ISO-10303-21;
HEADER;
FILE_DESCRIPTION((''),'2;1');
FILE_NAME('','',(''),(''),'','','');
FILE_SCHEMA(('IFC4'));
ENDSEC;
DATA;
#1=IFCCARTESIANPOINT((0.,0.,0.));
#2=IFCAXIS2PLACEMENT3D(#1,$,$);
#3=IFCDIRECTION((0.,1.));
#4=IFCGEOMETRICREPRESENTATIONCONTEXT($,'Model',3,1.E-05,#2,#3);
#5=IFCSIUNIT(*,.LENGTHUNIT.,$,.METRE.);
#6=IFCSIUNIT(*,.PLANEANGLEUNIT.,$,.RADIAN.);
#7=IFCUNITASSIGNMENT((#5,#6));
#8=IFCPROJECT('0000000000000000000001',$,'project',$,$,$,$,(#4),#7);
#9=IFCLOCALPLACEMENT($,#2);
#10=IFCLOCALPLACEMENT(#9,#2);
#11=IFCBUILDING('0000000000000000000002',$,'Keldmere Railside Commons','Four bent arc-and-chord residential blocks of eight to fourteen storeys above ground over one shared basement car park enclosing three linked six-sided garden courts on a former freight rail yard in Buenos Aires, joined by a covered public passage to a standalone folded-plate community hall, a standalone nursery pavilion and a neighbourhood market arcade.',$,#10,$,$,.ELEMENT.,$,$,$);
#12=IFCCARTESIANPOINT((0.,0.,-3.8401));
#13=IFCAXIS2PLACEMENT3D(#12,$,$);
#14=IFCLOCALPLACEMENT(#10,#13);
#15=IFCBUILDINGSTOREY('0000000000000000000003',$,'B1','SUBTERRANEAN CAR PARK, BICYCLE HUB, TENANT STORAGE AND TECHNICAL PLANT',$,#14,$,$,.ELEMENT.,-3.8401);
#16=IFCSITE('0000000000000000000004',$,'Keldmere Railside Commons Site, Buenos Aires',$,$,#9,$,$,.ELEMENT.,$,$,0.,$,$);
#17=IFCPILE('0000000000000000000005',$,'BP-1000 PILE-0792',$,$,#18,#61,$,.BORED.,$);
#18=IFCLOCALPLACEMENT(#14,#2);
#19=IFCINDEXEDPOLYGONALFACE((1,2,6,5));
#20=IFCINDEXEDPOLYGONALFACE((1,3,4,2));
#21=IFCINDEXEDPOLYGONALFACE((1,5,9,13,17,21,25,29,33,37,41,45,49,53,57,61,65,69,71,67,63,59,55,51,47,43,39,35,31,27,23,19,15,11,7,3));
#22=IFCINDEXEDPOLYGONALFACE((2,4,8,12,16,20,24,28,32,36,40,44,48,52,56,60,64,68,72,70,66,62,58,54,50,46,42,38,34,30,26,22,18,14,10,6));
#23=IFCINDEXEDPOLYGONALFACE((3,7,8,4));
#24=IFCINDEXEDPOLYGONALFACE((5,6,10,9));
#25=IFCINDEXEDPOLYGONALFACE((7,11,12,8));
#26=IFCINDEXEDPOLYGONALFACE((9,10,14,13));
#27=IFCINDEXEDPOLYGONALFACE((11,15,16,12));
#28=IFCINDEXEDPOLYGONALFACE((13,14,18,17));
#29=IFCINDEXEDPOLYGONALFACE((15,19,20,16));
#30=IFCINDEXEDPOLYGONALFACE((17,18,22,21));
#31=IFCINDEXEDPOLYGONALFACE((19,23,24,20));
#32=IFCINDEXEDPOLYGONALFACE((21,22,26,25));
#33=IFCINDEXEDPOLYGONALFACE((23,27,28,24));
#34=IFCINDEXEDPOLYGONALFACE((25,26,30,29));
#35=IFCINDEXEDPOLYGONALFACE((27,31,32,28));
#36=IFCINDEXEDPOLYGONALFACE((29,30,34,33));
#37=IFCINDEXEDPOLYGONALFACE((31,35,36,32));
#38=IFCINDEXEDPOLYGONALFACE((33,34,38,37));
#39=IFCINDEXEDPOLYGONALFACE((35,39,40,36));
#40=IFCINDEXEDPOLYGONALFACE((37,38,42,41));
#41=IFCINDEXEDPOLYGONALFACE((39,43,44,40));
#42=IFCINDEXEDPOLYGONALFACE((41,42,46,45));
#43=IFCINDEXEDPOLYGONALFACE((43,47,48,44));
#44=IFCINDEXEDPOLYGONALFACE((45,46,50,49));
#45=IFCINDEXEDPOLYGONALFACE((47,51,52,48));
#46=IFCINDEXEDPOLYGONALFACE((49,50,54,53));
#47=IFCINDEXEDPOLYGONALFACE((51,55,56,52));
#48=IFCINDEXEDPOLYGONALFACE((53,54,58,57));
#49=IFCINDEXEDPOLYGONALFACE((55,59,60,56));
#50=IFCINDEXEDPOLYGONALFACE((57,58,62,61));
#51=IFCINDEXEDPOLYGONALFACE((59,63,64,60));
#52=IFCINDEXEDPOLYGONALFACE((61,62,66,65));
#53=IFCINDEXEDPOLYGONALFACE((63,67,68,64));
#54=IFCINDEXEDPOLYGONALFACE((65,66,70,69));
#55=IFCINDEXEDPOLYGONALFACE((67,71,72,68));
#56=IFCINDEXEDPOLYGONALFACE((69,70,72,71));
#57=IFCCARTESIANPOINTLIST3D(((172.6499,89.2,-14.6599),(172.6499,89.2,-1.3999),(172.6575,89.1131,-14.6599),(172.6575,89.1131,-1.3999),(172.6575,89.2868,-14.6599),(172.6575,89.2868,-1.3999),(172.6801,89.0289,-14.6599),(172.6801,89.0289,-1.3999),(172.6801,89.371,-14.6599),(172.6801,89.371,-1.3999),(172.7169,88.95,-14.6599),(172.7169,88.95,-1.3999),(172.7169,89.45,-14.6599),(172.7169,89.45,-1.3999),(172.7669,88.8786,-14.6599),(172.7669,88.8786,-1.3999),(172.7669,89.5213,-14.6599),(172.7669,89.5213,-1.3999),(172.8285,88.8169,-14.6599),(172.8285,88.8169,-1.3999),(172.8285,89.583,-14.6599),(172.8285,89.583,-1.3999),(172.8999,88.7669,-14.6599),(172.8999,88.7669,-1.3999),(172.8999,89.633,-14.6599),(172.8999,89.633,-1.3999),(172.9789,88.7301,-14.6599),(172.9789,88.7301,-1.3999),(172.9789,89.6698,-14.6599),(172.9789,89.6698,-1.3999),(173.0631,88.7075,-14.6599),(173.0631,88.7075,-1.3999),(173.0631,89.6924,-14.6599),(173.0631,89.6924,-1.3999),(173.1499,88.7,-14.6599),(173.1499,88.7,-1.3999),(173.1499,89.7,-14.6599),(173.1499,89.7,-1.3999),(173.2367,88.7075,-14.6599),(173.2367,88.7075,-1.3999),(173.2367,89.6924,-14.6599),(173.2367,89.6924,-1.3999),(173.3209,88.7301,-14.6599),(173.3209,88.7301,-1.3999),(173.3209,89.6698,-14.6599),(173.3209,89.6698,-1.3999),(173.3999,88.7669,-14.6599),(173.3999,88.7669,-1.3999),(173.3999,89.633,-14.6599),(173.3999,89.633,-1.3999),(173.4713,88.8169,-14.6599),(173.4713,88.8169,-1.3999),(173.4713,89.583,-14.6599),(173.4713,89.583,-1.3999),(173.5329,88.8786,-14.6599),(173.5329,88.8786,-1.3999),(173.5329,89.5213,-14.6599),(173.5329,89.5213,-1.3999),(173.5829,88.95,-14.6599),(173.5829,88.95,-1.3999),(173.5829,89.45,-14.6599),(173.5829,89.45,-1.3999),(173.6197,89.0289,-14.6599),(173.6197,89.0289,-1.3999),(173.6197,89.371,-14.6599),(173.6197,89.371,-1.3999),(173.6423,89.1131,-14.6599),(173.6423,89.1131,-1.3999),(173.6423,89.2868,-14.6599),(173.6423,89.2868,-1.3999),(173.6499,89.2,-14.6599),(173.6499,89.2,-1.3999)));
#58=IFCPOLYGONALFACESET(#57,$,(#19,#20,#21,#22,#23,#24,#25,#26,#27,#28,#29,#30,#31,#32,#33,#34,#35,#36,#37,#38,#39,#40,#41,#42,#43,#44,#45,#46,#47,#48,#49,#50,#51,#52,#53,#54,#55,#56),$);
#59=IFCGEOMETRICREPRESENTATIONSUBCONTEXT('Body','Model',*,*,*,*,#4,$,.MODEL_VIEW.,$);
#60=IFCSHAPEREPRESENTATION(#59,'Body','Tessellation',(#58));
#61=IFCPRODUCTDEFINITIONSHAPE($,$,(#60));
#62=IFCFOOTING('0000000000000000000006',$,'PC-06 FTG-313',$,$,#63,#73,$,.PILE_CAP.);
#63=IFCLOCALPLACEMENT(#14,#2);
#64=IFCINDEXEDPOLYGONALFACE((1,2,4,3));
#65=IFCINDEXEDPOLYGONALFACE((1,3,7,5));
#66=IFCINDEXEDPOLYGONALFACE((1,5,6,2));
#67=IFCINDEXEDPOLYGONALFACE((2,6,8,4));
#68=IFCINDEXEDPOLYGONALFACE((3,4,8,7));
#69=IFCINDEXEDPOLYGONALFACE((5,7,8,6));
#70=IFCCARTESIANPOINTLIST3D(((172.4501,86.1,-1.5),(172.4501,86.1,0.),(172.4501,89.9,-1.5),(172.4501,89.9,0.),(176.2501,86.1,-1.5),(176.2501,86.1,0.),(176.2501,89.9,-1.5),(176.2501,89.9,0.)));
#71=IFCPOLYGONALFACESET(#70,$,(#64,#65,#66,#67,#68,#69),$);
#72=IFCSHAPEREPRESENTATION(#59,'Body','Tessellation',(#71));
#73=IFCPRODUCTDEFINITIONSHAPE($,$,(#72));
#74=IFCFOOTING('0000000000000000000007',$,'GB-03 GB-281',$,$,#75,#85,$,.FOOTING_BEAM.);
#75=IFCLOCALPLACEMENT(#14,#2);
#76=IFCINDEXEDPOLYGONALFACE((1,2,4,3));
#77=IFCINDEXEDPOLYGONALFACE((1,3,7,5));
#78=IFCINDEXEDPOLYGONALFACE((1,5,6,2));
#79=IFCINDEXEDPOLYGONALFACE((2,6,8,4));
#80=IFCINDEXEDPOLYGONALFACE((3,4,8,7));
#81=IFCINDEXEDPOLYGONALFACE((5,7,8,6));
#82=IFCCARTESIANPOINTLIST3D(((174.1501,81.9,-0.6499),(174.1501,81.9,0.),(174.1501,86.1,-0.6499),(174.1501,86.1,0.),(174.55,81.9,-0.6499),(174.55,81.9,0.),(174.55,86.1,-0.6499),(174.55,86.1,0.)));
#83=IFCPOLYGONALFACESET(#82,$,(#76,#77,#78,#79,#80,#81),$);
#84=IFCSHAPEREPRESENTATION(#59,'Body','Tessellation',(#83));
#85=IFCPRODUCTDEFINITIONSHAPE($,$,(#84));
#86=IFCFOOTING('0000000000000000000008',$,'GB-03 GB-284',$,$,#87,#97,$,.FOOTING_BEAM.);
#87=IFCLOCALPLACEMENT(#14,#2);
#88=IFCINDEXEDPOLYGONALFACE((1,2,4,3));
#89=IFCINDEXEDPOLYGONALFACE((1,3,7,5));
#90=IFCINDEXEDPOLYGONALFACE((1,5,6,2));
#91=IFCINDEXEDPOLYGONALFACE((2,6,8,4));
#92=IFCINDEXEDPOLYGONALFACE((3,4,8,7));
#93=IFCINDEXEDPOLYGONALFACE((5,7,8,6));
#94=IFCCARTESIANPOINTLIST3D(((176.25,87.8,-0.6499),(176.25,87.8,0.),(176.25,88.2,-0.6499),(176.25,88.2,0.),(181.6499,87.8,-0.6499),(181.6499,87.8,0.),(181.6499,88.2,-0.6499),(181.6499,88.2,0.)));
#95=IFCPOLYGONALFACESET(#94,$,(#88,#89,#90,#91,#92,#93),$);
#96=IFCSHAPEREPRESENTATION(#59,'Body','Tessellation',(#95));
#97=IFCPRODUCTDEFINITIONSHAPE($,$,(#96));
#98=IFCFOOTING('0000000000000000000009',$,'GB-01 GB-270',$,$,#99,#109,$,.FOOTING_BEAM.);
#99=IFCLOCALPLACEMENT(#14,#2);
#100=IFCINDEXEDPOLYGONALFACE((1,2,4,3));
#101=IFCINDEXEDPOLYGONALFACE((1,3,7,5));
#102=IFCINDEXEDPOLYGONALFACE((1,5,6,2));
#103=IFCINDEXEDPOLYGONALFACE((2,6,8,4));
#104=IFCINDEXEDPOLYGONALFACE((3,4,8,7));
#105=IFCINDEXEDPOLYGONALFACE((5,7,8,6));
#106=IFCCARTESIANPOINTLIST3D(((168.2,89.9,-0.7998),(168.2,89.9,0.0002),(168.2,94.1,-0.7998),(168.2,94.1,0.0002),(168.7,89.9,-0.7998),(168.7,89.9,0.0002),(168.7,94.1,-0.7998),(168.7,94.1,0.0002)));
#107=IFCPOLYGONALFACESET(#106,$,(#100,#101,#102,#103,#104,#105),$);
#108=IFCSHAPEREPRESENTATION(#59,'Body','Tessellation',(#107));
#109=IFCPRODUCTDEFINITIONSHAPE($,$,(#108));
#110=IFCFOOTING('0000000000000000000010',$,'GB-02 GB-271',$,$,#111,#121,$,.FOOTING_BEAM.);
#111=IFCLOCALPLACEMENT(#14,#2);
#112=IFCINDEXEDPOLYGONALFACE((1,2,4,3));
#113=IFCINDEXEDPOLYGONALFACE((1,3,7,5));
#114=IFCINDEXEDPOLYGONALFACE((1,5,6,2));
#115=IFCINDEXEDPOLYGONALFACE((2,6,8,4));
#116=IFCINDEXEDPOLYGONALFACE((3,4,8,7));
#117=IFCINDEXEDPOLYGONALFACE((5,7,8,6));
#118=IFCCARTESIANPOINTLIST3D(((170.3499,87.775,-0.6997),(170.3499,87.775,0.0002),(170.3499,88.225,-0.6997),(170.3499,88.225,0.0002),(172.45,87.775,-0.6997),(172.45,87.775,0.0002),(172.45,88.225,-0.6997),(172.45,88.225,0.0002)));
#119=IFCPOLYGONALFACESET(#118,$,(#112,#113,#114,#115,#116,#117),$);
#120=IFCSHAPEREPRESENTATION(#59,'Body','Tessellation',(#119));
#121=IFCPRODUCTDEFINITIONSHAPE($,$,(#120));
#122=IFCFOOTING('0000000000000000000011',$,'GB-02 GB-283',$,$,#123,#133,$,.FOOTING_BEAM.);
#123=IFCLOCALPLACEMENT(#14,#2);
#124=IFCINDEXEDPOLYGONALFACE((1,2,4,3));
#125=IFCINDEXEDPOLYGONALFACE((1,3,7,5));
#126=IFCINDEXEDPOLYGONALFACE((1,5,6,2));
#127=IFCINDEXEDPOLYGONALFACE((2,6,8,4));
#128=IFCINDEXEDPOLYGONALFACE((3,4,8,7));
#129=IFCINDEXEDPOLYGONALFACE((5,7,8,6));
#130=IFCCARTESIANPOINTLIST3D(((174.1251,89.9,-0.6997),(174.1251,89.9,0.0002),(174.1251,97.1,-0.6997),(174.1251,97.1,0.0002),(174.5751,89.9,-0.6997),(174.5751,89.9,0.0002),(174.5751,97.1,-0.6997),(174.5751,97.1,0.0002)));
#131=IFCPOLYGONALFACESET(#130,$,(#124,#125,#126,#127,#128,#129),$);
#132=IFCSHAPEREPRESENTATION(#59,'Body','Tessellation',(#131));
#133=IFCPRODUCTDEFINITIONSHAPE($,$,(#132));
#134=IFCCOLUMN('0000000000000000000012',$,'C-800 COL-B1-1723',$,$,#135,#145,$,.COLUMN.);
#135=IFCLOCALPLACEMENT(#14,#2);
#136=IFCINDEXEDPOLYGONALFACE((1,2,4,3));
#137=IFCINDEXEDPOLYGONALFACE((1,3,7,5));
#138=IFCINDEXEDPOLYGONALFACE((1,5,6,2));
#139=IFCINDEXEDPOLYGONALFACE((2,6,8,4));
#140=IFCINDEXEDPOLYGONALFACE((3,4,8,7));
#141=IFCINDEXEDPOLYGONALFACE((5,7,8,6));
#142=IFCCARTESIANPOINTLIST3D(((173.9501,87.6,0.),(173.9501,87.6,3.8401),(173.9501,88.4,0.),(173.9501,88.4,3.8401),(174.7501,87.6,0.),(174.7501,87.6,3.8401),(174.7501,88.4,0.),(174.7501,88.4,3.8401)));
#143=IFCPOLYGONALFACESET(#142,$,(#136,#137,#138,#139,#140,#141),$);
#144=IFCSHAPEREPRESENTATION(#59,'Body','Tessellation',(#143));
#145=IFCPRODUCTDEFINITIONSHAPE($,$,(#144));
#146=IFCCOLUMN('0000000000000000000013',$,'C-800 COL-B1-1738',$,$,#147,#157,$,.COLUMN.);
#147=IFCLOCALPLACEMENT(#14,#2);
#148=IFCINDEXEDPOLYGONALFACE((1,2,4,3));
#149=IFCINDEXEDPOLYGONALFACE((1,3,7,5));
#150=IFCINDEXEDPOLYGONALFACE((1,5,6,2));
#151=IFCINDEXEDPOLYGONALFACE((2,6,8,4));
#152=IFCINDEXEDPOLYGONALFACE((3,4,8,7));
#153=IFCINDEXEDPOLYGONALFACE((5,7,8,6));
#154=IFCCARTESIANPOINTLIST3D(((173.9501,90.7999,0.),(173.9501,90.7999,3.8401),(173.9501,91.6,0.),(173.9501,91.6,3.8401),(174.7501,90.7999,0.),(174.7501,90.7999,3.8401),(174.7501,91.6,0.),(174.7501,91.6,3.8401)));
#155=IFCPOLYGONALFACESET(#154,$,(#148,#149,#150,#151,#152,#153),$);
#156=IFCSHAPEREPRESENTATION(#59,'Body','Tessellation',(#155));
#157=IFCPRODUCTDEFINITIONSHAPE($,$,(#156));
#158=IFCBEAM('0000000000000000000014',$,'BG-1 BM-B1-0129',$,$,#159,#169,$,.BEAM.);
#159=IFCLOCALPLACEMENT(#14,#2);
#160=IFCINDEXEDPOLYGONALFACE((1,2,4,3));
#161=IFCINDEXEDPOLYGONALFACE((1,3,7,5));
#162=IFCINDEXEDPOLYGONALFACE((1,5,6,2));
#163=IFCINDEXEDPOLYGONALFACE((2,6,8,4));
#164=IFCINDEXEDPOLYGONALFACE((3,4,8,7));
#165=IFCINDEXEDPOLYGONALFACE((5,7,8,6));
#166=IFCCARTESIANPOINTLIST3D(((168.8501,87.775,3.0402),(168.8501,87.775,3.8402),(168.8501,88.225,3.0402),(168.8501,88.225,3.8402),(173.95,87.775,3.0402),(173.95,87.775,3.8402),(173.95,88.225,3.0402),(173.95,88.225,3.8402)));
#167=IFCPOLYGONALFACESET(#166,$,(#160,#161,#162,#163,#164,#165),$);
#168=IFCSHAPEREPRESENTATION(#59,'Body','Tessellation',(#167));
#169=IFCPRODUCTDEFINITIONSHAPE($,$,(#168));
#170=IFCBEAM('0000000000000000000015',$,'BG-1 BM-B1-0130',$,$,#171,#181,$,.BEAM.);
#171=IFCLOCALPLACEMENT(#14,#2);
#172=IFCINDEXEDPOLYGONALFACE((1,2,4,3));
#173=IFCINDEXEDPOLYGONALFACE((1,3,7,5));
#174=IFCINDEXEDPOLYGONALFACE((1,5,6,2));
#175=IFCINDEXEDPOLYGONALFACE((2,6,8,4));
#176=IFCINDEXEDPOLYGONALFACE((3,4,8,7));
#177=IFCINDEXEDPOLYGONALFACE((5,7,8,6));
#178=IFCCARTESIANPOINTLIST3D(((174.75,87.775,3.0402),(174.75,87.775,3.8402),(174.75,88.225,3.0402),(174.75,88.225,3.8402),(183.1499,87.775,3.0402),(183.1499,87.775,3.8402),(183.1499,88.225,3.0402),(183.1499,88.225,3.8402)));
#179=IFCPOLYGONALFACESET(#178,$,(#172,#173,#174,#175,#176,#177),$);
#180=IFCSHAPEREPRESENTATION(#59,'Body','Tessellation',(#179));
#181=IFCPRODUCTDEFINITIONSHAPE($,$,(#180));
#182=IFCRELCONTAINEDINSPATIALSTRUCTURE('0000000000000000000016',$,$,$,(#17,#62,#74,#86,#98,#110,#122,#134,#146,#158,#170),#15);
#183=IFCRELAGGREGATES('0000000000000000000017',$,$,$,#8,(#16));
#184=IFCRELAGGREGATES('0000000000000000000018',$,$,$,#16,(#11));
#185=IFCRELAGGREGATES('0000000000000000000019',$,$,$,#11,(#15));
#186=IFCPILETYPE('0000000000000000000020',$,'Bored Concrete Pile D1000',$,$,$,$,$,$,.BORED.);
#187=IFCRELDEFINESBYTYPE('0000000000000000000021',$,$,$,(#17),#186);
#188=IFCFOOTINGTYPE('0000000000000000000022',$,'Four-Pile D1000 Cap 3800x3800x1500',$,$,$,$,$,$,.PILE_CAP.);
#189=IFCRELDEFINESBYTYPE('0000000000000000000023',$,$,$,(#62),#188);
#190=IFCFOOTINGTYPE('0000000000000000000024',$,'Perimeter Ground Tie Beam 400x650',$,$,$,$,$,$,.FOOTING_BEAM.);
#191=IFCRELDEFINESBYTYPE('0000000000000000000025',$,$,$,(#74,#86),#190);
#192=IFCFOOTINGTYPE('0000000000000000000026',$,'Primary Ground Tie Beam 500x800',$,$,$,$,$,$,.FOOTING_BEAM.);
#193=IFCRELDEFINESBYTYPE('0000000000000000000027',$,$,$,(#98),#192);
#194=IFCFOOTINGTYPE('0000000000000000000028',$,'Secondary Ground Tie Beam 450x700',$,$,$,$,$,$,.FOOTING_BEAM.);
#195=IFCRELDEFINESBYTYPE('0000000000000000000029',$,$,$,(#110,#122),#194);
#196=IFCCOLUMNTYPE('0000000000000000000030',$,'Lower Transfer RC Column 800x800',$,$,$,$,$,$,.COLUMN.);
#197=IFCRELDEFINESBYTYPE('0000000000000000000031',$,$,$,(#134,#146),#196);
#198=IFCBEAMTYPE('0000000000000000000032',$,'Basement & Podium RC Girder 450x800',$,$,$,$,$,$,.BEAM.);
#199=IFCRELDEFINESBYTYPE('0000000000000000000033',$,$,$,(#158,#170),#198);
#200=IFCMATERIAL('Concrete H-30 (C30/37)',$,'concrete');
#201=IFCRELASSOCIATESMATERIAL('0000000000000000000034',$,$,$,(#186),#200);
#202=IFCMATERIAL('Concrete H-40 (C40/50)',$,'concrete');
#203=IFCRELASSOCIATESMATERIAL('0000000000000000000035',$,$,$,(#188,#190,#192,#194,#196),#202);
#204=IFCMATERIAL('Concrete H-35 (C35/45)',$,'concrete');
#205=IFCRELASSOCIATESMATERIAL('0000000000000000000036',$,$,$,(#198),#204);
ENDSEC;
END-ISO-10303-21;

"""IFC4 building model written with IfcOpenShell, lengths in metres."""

from ifc_helpers import new_model, si_unit, direction, frame, origin, origin_2d, place, context, subcontext, project, spatial, rectangle, circle, extrude, material, material_profile, profile_set, type_object, element, save


model = new_model("IFC4")

# Units and contexts
model_context = context("Model", 3, precision=1e-05, world=origin(), true_north=direction((0.0, 1.0)))
body_context = subcontext(model_context, "Body", "Model", "MODEL_VIEW")
ifc_project = project(units=[si_unit("LENGTHUNIT", "METRE"), si_unit("PLANEANGLEUNIT", "RADIAN")], contexts=[model_context])

# Site, building, storey
site_placement = place(None, origin())
site = spatial("IfcSite", under=ifc_project, at=site_placement, Name="Keldmere Railside Commons Site, Buenos Aires", CompositionType="ELEMENT", RefElevation=0.0)
building_placement = place(site_placement, origin())
building = spatial("IfcBuilding", under=site, at=building_placement, Name="Keldmere Railside Commons", Description="Four bent arc-and-chord residential blocks of eight to fourteen storeys above ground over one shared basement car park enclosing three linked six-sided garden courts on a former freight rail yard in Buenos Aires, joined by a covered public passage to a standalone folded-plate community hall, a standalone nursery pavilion and a neighbourhood market arcade.", CompositionType="ELEMENT")
storey_placement = place(building_placement, frame((0.0, 0.0, -3.8401)))
storey = spatial("IfcBuildingStorey", under=building, at=storey_placement, Name="B1", Description="SUBTERRANEAN CAR PARK, BICYCLE HUB, TENANT STORAGE AND TECHNICAL PLANT", CompositionType="ELEMENT", Elevation=-3.8401)

# Pile
ifc_material_1 = material(Name="Concrete H-30 (C30/37)", Category="concrete")
ifc_material_profile_1 = material_profile(ifc_material_1, circle(Radius=0.5, at=origin_2d()), Name="PILE-D1000")
ifc_profile_set_1 = profile_set([ifc_material_profile_1], Name="Concrete H-30 (C30/37)")
pile_type = type_object("IfcPileType", Name="Bored Concrete Pile D1000", PredefinedType="BORED", material=ifc_profile_set_1)
for number, where, z_axis, x_axis, name in (
    (1, (173.1499, 89.2, -1.3999), (0.0, 0.0, -1.0), (1.0, 0.0, 0.0), "BP-1000 PILE-0792"),
):
    element("IfcPile", number, at=place(storey_placement, frame(where, z_axis=z_axis, x_axis=x_axis)), inside=storey, type_object=pile_type, Name=name, PredefinedType="BORED", context=body_context, shape_type="SweptSolid", body=[
        extrude(circle(Radius=0.5, at=origin_2d()), origin(), (0.0, 0.0, 1.0), 13.26),
    ])

# Footings
ifc_material_2 = material(Name="Concrete H-40 (C40/50)", Category="concrete")
footing_type_1 = type_object("IfcFootingType", Name="Four-Pile D1000 Cap 3800x3800x1500", PredefinedType="PILE_CAP", material=ifc_material_2)
footing_1_placement = place(storey_placement, frame((174.3501, 88.0, -1.5), z_axis=(0.0, 0.0, 1.0), x_axis=(1.0, 0.0, 0.0)))
element("IfcFooting", 2, at=footing_1_placement, inside=storey, type_object=footing_type_1, Name="PC-06 FTG-313", PredefinedType="PILE_CAP", context=body_context, shape_type="SweptSolid", body=[
    extrude(rectangle(XDim=3.8, YDim=3.8, at=origin_2d()), origin(), (0.0, 0.0, 1.0), 1.5),
])
footing_type_2 = type_object("IfcFootingType", Name="Perimeter Ground Tie Beam 400x650", PredefinedType="FOOTING_BEAM", material=ifc_material_2)
footing_2_placement = place(storey_placement, frame((174.3501, 84.0, -0.6499), z_axis=(0.0, 0.0, 1.0), x_axis=(0.0, 1.0, 0.0)))
element("IfcFooting", 3, at=footing_2_placement, inside=storey, type_object=footing_type_2, Name="GB-03 GB-281", PredefinedType="FOOTING_BEAM", context=body_context, shape_type="SweptSolid", body=[
    extrude(rectangle(XDim=4.2, YDim=0.3999, at=origin_2d()), origin(), (0.0, 0.0, 1.0), 0.6499),
])
footing_3_placement = place(storey_placement, frame((178.95, 88.0, -0.6499), z_axis=(0.0, 0.0, 1.0), x_axis=(1.0, 0.0, 0.0)))
element("IfcFooting", 4, at=footing_3_placement, inside=storey, type_object=footing_type_2, Name="GB-03 GB-284", PredefinedType="FOOTING_BEAM", context=body_context, shape_type="SweptSolid", body=[
    extrude(rectangle(XDim=5.3999, YDim=0.3999, at=origin_2d()), origin(), (0.0, 0.0, 1.0), 0.6499),
])
footing_type_3 = type_object("IfcFootingType", Name="Primary Ground Tie Beam 500x800", PredefinedType="FOOTING_BEAM", material=ifc_material_2)
footing_4_placement = place(storey_placement, frame((168.45, 92.0, -0.7998), z_axis=(0.0, 0.0, 1.0), x_axis=(0.0, 1.0, 0.0)))
element("IfcFooting", 5, at=footing_4_placement, inside=storey, type_object=footing_type_3, Name="GB-01 GB-270", PredefinedType="FOOTING_BEAM", context=body_context, shape_type="SweptSolid", body=[
    extrude(rectangle(XDim=4.2, YDim=0.5, at=origin_2d()), origin(), (0.0, 0.0, 1.0), 0.8),
])
footing_type_4 = type_object("IfcFootingType", Name="Secondary Ground Tie Beam 450x700", PredefinedType="FOOTING_BEAM", material=ifc_material_2)
footing_5_placement = place(storey_placement, frame((171.3999, 88.0, -0.6997), z_axis=(0.0, 0.0, 1.0), x_axis=(1.0, 0.0, 0.0)))
element("IfcFooting", 6, at=footing_5_placement, inside=storey, type_object=footing_type_4, Name="GB-02 GB-271", PredefinedType="FOOTING_BEAM", context=body_context, shape_type="SweptSolid", body=[
    extrude(rectangle(XDim=2.1001, YDim=0.45, at=origin_2d()), origin(), (0.0, 0.0, 1.0), 0.7),
])
footing_6_placement = place(storey_placement, frame((174.3501, 93.5, -0.6997), z_axis=(0.0, 0.0, 1.0), x_axis=(0.0, 1.0, 0.0)))
element("IfcFooting", 7, at=footing_6_placement, inside=storey, type_object=footing_type_4, Name="GB-02 GB-283", PredefinedType="FOOTING_BEAM", context=body_context, shape_type="SweptSolid", body=[
    extrude(rectangle(XDim=7.2, YDim=0.45, at=origin_2d()), origin(), (0.0, 0.0, 1.0), 0.7),
])

# Columns
ifc_material_profile_2 = material_profile(ifc_material_2, rectangle(XDim=0.8, YDim=0.8, at=origin_2d()), Name="RC-800x800")
ifc_profile_set_2 = profile_set([ifc_material_profile_2], Name="Concrete H-40 (C40/50)")
column_type = type_object("IfcColumnType", Name="Lower Transfer RC Column 800x800", PredefinedType="COLUMN", material=ifc_profile_set_2)
for number, where, z_axis, x_axis, name in (
    (8, (174.3501, 88.0, 0.0), (0.0, 0.0, 1.0), (1.0, 0.0, 0.0), "C-800 COL-B1-1723"),
    (9, (174.3501, 91.2, 0.0), (0.0, 0.0, 1.0), (1.0, 0.0, 0.0), "C-800 COL-B1-1738"),
):
    element("IfcColumn", number, at=place(storey_placement, frame(where, z_axis=z_axis, x_axis=x_axis)), inside=storey, type_object=column_type, Name=name, PredefinedType="COLUMN", context=body_context, shape_type="SweptSolid", body=[
        extrude(rectangle(XDim=0.8, YDim=0.8, at=origin_2d()), origin(), (0.0, 0.0, 1.0), 3.8401),
    ])

# Beams
ifc_material_3 = material(Name="Concrete H-35 (C35/45)", Category="concrete")
ifc_material_profile_3 = material_profile(ifc_material_3, rectangle(XDim=0.45, YDim=0.8, at=origin_2d()), Name="RC-450x800")
ifc_profile_set_3 = profile_set([ifc_material_profile_3], Name="Concrete H-35 (C35/45)")
beam_type_1 = type_object("IfcBeamType", Name="Basement & Podium RC Girder 450x800", PredefinedType="BEAM", material=ifc_profile_set_3)
beam_1_placement = place(storey_placement, frame((168.8501, 88.0, 3.4402), z_axis=(1.0, 0.0, 0.0), x_axis=(0.0, 1.0, 0.0)))
element("IfcBeam", 10, at=beam_1_placement, inside=storey, type_object=beam_type_1, Name="BG-1 BM-B1-0129", PredefinedType="BEAM", context=body_context, shape_type="SweptSolid", body=[
    extrude(rectangle(XDim=0.45, YDim=0.8, at=origin_2d()), origin(), (0.0, 0.0, 1.0), 5.0999),
])
beam_2_placement = place(storey_placement, frame((174.75, 88.0, 3.4402), z_axis=(1.0, 0.0, 0.0), x_axis=(0.0, 1.0, 0.0)))
element("IfcBeam", 11, at=beam_2_placement, inside=storey, type_object=beam_type_1, Name="BG-1 BM-B1-0130", PredefinedType="BEAM", context=body_context, shape_type="SweptSolid", body=[
    extrude(rectangle(XDim=0.45, YDim=0.8, at=origin_2d()), origin(), (0.0, 0.0, 1.0), 8.3999),
])

save(model, "model.ifc")
